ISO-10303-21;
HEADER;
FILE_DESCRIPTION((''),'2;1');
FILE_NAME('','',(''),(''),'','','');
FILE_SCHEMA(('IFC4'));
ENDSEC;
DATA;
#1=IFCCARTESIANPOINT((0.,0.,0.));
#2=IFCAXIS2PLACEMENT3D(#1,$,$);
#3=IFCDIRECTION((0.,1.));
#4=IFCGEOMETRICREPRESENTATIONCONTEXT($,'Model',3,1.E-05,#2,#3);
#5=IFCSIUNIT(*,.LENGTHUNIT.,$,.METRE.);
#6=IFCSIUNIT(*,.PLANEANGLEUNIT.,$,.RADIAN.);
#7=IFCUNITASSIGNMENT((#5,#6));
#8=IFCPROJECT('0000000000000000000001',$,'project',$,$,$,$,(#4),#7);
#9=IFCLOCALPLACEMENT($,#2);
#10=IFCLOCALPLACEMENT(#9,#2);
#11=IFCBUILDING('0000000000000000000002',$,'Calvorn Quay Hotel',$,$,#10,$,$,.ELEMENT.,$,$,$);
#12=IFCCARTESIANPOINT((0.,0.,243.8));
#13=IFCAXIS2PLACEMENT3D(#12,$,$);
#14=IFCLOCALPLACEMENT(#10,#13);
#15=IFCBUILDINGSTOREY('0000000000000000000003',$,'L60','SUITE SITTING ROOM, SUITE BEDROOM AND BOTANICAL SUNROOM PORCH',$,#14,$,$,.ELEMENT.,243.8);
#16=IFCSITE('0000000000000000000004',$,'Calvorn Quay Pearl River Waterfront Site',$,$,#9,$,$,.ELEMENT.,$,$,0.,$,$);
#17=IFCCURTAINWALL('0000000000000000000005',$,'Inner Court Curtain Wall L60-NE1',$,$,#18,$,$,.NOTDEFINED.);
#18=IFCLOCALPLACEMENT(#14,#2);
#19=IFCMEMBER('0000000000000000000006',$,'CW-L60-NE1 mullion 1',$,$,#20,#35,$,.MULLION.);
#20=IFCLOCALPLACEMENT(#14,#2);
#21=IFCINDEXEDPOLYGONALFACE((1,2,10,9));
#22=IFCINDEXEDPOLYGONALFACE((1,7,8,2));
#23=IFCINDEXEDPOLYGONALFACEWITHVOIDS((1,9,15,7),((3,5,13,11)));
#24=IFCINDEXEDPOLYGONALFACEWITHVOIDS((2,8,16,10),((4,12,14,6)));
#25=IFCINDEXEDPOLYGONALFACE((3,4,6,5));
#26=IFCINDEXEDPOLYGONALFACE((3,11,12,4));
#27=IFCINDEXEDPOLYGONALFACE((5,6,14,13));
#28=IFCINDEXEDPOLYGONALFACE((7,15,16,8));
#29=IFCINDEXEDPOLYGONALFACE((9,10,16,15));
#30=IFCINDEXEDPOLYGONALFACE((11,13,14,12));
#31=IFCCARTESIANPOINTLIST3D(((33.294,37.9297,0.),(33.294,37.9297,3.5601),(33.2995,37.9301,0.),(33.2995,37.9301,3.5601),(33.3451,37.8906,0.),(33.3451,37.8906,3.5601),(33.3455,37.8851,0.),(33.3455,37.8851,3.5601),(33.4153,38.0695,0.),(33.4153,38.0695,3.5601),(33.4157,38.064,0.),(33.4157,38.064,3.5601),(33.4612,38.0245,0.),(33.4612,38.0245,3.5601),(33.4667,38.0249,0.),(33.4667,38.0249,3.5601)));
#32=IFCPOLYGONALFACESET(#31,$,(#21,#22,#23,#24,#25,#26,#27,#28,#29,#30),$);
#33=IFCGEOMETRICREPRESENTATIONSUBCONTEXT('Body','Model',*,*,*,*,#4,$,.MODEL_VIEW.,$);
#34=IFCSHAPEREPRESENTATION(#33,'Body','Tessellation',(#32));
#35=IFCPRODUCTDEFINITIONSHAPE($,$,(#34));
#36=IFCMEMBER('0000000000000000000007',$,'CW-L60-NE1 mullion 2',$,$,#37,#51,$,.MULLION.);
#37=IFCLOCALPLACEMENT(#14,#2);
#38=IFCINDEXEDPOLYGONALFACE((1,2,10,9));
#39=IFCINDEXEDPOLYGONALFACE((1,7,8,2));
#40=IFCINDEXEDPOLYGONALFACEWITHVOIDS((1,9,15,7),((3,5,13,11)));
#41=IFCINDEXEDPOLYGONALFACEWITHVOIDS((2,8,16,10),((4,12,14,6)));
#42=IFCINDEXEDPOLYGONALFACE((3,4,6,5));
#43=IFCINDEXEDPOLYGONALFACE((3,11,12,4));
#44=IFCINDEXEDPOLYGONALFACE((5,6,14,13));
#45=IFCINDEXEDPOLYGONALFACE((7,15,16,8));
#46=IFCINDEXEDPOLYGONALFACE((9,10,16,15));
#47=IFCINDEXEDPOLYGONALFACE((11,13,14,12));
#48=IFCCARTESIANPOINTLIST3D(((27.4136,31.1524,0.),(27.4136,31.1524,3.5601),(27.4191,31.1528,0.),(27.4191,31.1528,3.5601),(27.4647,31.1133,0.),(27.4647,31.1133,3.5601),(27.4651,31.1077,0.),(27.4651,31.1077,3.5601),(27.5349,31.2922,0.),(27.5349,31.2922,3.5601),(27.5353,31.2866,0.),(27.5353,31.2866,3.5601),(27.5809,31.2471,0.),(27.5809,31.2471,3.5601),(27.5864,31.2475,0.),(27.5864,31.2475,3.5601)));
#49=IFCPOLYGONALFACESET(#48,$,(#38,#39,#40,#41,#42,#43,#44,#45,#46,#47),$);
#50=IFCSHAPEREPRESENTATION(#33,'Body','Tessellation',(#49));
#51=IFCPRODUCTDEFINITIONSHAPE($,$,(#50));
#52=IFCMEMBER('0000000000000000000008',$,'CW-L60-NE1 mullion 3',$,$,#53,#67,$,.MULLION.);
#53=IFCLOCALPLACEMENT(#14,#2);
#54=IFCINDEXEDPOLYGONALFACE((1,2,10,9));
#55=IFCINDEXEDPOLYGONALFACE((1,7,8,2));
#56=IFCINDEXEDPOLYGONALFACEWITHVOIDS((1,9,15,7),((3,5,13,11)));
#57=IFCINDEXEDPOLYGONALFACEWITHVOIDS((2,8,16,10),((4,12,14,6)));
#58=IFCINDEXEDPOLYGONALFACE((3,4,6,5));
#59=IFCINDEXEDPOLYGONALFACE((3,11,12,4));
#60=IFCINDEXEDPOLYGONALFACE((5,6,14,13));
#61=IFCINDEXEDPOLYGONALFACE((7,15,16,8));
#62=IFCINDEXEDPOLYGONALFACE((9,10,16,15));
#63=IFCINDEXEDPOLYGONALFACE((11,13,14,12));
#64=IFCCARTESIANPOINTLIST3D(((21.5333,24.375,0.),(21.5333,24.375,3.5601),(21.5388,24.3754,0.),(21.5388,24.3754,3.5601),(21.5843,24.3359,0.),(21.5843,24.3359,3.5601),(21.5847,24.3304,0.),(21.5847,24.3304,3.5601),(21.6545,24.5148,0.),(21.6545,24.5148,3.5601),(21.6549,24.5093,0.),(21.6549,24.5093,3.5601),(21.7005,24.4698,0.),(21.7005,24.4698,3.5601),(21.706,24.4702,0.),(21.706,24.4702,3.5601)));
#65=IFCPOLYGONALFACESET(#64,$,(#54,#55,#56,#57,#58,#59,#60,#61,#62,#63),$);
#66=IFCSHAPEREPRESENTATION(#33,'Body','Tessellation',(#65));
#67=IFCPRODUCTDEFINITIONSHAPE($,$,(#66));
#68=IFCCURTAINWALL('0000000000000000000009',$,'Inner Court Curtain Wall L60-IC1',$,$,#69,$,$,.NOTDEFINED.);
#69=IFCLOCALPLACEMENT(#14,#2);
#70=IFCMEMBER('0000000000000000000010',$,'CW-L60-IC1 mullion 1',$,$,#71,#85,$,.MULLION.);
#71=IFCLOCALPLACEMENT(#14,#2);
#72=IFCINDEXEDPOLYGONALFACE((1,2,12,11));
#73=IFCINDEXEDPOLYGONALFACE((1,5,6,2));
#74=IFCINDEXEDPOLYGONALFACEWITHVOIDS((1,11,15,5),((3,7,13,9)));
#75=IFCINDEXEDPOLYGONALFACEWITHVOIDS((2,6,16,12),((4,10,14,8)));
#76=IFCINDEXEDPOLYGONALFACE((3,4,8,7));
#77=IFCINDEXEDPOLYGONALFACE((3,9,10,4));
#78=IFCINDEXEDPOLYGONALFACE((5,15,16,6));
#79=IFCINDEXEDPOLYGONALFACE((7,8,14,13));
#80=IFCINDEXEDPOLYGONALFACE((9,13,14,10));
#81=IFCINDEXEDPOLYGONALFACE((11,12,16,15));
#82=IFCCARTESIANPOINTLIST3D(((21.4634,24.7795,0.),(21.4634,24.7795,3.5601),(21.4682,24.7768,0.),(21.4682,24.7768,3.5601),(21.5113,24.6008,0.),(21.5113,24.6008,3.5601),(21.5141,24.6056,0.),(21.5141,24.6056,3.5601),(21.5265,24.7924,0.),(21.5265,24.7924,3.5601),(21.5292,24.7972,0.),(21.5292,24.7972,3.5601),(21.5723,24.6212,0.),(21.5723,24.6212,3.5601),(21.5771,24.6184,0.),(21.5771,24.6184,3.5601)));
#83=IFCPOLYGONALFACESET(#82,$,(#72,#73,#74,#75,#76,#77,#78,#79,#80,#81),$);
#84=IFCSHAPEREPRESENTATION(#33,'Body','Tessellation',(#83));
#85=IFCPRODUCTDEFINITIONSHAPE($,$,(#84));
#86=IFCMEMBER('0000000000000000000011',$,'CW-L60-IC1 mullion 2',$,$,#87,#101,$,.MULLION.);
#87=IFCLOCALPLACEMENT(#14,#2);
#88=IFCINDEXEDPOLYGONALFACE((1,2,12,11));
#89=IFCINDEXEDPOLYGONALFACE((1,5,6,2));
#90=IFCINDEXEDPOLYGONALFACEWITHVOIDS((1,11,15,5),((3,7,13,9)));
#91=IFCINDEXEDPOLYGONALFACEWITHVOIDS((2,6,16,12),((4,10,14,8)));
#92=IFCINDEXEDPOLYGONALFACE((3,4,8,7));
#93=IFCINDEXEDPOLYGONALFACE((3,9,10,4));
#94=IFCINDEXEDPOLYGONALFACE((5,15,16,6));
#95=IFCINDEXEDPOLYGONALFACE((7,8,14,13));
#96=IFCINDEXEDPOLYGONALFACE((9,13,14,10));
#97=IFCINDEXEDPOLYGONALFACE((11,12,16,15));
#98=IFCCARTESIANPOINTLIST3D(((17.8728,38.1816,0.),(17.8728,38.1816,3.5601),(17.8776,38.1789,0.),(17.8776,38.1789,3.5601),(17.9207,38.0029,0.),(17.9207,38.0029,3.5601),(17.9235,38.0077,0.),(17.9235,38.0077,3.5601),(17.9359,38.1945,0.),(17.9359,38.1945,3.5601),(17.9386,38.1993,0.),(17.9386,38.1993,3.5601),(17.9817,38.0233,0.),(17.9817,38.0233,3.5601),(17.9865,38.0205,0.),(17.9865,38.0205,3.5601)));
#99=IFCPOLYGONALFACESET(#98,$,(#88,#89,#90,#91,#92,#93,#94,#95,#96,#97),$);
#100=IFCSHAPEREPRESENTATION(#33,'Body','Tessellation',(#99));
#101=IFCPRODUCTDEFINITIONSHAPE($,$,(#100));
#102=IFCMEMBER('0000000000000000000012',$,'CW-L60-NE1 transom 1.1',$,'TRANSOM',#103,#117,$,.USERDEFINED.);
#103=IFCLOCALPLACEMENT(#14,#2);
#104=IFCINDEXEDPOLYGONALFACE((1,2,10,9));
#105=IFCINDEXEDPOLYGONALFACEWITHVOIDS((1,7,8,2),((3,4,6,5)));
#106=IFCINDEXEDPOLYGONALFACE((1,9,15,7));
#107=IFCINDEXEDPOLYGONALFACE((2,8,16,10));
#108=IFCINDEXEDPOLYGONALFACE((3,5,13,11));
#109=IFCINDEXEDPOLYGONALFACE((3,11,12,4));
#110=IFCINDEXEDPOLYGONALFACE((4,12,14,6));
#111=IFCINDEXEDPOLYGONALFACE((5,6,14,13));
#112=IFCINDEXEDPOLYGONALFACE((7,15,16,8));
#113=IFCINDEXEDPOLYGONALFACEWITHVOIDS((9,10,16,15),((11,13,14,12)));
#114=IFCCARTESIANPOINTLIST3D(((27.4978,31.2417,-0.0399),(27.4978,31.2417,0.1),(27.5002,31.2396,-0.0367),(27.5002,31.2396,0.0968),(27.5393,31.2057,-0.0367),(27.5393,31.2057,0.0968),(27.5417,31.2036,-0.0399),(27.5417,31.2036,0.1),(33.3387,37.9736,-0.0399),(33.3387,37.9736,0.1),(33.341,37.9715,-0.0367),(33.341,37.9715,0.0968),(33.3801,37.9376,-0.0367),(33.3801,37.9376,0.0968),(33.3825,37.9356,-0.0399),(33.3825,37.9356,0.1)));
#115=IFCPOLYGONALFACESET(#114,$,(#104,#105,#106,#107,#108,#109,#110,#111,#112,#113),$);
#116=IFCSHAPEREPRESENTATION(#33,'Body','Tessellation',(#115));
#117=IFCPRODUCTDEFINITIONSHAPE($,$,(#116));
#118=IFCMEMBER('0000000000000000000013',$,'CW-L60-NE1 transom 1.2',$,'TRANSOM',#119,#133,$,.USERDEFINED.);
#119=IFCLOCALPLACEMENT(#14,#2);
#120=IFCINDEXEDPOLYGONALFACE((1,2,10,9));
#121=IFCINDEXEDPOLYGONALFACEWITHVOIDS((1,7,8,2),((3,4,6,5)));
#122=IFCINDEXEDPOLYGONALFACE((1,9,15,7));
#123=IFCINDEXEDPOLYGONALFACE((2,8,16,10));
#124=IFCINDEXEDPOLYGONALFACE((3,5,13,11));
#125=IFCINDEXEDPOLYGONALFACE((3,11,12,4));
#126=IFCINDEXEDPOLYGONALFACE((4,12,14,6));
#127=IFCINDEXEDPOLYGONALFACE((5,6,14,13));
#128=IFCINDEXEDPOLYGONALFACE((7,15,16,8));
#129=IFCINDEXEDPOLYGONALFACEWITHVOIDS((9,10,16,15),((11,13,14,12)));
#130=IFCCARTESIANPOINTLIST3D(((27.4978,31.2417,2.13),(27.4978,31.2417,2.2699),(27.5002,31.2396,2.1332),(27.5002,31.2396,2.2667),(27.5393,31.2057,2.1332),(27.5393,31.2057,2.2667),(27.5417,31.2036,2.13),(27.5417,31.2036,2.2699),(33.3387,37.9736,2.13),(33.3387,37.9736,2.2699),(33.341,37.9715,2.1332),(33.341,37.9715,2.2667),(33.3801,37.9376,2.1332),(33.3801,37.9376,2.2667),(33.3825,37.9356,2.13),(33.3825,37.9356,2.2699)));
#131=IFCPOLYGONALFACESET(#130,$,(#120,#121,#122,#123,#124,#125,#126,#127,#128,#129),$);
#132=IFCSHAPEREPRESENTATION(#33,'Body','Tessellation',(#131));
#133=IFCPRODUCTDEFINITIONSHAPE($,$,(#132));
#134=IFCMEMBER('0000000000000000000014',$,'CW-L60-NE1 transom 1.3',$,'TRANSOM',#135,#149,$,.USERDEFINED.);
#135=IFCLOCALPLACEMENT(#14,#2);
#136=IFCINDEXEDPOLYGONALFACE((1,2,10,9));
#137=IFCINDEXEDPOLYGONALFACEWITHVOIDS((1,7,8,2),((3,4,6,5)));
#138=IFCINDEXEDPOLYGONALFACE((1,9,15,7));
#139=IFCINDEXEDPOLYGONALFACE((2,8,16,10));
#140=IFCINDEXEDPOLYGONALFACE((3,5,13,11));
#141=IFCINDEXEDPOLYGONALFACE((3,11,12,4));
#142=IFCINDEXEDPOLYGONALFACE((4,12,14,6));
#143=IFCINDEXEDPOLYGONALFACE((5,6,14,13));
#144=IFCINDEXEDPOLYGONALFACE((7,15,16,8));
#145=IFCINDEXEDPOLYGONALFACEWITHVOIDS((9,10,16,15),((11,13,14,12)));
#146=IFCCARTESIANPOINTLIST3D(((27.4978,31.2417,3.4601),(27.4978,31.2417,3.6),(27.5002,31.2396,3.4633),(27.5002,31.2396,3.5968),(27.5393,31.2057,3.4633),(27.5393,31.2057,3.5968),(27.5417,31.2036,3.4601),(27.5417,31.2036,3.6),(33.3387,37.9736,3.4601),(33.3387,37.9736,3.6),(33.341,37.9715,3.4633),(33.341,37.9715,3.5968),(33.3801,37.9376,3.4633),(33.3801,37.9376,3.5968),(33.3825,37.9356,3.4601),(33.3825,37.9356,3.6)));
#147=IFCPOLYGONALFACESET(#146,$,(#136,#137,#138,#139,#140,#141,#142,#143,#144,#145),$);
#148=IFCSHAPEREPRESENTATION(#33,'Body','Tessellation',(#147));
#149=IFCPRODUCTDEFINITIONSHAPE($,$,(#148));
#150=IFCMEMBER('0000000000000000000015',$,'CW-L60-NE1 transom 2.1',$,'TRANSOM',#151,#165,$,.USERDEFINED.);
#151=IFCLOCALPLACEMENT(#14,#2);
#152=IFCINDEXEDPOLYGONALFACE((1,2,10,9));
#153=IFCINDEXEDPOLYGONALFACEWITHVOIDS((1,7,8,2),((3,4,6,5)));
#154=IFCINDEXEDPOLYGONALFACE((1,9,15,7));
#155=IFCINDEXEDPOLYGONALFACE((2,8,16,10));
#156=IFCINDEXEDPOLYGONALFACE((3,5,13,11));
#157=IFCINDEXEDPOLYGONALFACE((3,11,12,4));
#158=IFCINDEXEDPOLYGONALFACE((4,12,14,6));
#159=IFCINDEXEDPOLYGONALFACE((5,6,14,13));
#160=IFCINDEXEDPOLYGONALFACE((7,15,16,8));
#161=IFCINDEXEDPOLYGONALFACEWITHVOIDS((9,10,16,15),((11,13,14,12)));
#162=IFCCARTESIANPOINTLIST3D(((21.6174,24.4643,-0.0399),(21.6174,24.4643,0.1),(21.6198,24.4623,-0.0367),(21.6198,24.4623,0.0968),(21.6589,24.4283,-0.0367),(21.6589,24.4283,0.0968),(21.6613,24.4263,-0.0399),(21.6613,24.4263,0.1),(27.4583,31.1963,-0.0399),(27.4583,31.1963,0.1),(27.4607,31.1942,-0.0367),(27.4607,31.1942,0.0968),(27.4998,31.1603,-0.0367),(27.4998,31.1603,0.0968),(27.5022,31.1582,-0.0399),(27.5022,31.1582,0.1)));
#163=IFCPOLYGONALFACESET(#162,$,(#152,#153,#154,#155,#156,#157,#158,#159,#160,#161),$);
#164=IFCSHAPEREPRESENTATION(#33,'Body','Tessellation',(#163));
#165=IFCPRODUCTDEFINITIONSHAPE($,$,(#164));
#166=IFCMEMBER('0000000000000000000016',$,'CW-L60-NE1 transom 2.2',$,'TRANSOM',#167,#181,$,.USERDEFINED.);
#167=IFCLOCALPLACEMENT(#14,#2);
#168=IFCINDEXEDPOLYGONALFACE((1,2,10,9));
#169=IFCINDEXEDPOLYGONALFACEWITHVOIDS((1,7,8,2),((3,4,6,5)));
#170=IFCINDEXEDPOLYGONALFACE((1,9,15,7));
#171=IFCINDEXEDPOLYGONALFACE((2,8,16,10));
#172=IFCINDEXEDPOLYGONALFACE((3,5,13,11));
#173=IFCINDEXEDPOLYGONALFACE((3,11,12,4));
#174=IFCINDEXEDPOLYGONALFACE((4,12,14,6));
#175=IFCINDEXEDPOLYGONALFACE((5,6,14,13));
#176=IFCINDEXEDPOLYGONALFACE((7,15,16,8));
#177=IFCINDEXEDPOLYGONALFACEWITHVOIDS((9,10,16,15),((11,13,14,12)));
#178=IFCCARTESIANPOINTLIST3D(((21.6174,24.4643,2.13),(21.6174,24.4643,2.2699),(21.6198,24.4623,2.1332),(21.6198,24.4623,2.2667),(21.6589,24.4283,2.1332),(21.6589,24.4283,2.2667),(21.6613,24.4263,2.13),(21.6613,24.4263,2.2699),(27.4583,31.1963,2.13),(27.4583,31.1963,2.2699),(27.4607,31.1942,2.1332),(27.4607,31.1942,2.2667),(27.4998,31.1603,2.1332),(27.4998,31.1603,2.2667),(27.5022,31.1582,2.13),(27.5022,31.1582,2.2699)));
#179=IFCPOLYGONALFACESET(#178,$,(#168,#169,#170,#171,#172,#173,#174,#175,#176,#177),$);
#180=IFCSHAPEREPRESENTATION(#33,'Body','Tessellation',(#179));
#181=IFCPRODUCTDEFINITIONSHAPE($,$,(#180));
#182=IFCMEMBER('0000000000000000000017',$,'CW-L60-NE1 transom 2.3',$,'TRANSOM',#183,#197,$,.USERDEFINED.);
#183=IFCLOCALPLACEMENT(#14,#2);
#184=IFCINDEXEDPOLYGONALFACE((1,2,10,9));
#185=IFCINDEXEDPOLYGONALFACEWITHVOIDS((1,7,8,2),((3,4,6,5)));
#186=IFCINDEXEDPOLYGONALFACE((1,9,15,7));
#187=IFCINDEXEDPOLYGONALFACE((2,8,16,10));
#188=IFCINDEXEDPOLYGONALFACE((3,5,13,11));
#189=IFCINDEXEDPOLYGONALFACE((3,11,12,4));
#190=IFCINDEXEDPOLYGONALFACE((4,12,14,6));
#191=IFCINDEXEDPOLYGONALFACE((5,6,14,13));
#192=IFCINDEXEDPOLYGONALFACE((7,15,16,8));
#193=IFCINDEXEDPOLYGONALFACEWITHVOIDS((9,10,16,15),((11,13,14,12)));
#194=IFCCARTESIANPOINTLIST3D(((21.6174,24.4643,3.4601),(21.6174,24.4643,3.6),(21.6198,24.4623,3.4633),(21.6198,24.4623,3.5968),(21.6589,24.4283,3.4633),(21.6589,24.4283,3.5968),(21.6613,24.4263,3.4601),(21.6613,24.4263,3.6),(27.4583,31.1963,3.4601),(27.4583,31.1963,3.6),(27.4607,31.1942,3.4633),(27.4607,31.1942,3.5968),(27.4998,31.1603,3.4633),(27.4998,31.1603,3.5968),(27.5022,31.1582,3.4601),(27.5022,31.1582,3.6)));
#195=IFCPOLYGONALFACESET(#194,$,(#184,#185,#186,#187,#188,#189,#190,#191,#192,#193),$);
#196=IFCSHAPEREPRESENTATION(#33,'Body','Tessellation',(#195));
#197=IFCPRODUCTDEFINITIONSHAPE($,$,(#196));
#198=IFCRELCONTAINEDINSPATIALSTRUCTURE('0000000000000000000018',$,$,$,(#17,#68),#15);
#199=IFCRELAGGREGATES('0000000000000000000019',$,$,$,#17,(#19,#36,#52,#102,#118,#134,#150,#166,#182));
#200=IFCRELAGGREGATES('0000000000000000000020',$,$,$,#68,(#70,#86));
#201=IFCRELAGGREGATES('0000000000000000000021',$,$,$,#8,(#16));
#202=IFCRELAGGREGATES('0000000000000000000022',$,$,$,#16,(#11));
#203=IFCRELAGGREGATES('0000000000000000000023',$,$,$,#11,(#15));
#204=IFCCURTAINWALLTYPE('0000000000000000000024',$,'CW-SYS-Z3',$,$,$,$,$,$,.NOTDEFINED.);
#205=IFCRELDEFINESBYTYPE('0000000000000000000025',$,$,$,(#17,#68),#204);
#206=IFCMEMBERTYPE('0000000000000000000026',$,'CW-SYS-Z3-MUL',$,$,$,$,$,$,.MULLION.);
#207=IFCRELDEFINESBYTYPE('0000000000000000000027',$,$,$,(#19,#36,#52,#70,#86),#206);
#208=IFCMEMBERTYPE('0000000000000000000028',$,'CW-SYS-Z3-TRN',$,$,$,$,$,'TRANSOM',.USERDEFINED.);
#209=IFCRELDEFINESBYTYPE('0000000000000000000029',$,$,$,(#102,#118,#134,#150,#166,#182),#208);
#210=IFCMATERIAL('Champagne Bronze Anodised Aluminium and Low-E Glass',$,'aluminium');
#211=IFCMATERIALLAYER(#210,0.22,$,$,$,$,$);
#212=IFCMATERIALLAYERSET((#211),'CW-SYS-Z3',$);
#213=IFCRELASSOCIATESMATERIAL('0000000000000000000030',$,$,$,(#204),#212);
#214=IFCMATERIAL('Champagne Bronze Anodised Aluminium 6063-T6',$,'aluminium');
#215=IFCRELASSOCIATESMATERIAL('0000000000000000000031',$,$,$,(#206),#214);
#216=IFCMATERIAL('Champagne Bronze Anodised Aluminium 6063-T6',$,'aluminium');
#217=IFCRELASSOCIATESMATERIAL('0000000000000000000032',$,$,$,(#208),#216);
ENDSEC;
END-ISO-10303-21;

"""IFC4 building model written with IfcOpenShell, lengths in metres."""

from ifc_helpers import new_model, si_unit, direction, frame, origin, origin_2d, place, context, subcontext, project, spatial, hollow_rectangle, extrude, material, layer, layer_set, material_profile, profile_set, type_object, element, aggregate, save


model = new_model("IFC4")

# Units and contexts
model_context = context("Model", 3, precision=1e-05, world=origin(), true_north=direction((0.0, 1.0)))
body_context = subcontext(model_context, "Body", "Model", "MODEL_VIEW")
ifc_project = project(units=[si_unit("LENGTHUNIT", "METRE"), si_unit("PLANEANGLEUNIT", "RADIAN")], contexts=[model_context])

# Site, building, storey
site_placement = place(None, origin())
site = spatial("IfcSite", under=ifc_project, at=site_placement, Name="Calvorn Quay Pearl River Waterfront Site", CompositionType="ELEMENT", RefElevation=0.0)
building_placement = place(site_placement, origin())
building = spatial("IfcBuilding", under=site, at=building_placement, Name="Calvorn Quay Hotel", CompositionType="ELEMENT")
storey_placement = place(building_placement, frame((0.0, 0.0, 243.8)))
storey = spatial("IfcBuildingStorey", under=building, at=storey_placement, Name="L60", Description="SUITE SITTING ROOM, SUITE BEDROOM AND BOTANICAL SUNROOM PORCH", CompositionType="ELEMENT", Elevation=243.8)

# Curtain walls, members
ifc_material_1 = material(Name="Champagne Bronze Anodised Aluminium and Low-E Glass", Category="aluminium")
ifc_layer_1 = layer(ifc_material_1, 0.22)
ifc_layer_set_1 = layer_set([ifc_layer_1], Name="CW-SYS-Z3")
curtain_wall_type = type_object("IfcCurtainWallType", Name="CW-SYS-Z3", PredefinedType="NOTDEFINED", material=ifc_layer_set_1)
curtain_wall_1_placement = place(storey_placement, origin())
curtain_wall_1 = element("IfcCurtainWall", 1, at=curtain_wall_1_placement, inside=storey, type_object=curtain_wall_type, Name="Inner Court Curtain Wall L60-NE1", PredefinedType="NOTDEFINED")
ifc_material_2 = material(Name="Champagne Bronze Anodised Aluminium 6063-T6", Category="aluminium")
ifc_material_profile_1 = material_profile(ifc_material_2, hollow_rectangle(XDim=0.0681, YDim=0.1851, WallThickness=0.0039, at=origin_2d()), Name="ALU-M185x68x4")
ifc_profile_set_1 = profile_set([ifc_material_profile_1], Name="Champagne Bronze Anodised Aluminium 6063-T6")
member_type_1 = type_object("IfcMemberType", Name="CW-SYS-Z3-MUL", PredefinedType="MULLION", material=ifc_profile_set_1)
member_1_placement = place(storey_placement, frame((33.3804, 37.9773, 0.0), z_axis=(0.0, 0.0, 1.0), x_axis=(0.755322, -0.655353, 0.0)))
member_1 = element("IfcMember", 2, at=member_1_placement, type_object=member_type_1, Name="CW-L60-NE1 mullion 1", PredefinedType="MULLION", context=body_context, shape_type="SweptSolid", body=[
    extrude(hollow_rectangle(XDim=0.0681, YDim=0.1851, WallThickness=0.0039, at=origin_2d()), origin(), (0.0, 0.0, 1.0), 3.5601),
])
member_2_placement = place(storey_placement, frame((27.5, 31.2, 0.0), z_axis=(0.0, 0.0, 1.0), x_axis=(0.755322, -0.655353, 0.0)))
member_2 = element("IfcMember", 3, at=member_2_placement, type_object=member_type_1, Name="CW-L60-NE1 mullion 2", PredefinedType="MULLION", context=body_context, shape_type="SweptSolid", body=[
    extrude(hollow_rectangle(XDim=0.0681, YDim=0.1851, WallThickness=0.0039, at=origin_2d()), origin(), (0.0, 0.0, 1.0), 3.5601),
])
member_3_placement = place(storey_placement, frame((21.6196, 24.4226, 0.0), z_axis=(0.0, 0.0, 1.0), x_axis=(0.755322, -0.655353, 0.0)))
member_3 = element("IfcMember", 4, at=member_3_placement, type_object=member_type_1, Name="CW-L60-NE1 mullion 3", PredefinedType="MULLION", context=body_context, shape_type="SweptSolid", body=[
    extrude(hollow_rectangle(XDim=0.0681, YDim=0.1851, WallThickness=0.0039, at=origin_2d()), origin(), (0.0, 0.0, 1.0), 3.5601),
])
curtain_wall_2_placement = place(storey_placement, origin())
curtain_wall_2 = element("IfcCurtainWall", 5, at=curtain_wall_2_placement, inside=storey, type_object=curtain_wall_type, Name="Inner Court Curtain Wall L60-IC1", PredefinedType="NOTDEFINED")
member_4_placement = place(storey_placement, frame((21.5203, 24.699, 0.0), z_axis=(0.0, 0.0, 1.0), x_axis=(-0.965937, -0.258779, 0.0)))
member_4 = element("IfcMember", 6, at=member_4_placement, type_object=member_type_1, Name="CW-L60-IC1 mullion 1", PredefinedType="MULLION", context=body_context, shape_type="SweptSolid", body=[
    extrude(hollow_rectangle(XDim=0.0681, YDim=0.1851, WallThickness=0.0039, at=origin_2d()), origin(), (0.0, 0.0, 1.0), 3.5601),
])
member_5_placement = place(storey_placement, frame((17.9297, 38.1011, 0.0), z_axis=(0.0, 0.0, 1.0), x_axis=(-0.965937, -0.258779, 0.0)))
member_5 = element("IfcMember", 7, at=member_5_placement, type_object=member_type_1, Name="CW-L60-IC1 mullion 2", PredefinedType="MULLION", context=body_context, shape_type="SweptSolid", body=[
    extrude(hollow_rectangle(XDim=0.0681, YDim=0.1851, WallThickness=0.0039, at=origin_2d()), origin(), (0.0, 0.0, 1.0), 3.5601),
])

# Members
ifc_material_3 = material(Name="Champagne Bronze Anodised Aluminium 6063-T6", Category="aluminium")
ifc_material_profile_2 = material_profile(ifc_material_3, hollow_rectangle(XDim=0.0581, YDim=0.1399, WallThickness=0.0032, at=origin_2d()), Name="ALU-T140x58x3.2")
ifc_profile_set_2 = profile_set([ifc_material_profile_2], Name="Champagne Bronze Anodised Aluminium 6063-T6")
member_type_2 = type_object("IfcMemberType", Name="CW-SYS-Z3-TRN", ElementType="TRANSOM", PredefinedType="USERDEFINED", material=ifc_profile_set_2)
member_6_placement = place(storey_placement, frame((33.3606, 37.9546, 0.03), z_axis=(-0.655346, -0.755329, 0.0), x_axis=(0.755329, -0.655346, 0.0)))
member_6 = element("IfcMember", 8, at=member_6_placement, type_object=member_type_2, Name="CW-L60-NE1 transom 1.1", ObjectType="TRANSOM", PredefinedType="USERDEFINED", context=body_context, shape_type="SweptSolid", body=[
    extrude(hollow_rectangle(XDim=0.0581, YDim=0.1399, WallThickness=0.0032, at=origin_2d()), origin(), (0.0, 0.0, 1.0), 8.9126),
])
member_7_placement = place(storey_placement, frame((33.3606, 37.9546, 2.2), z_axis=(-0.655346, -0.755329, 0.0), x_axis=(0.755329, -0.655346, 0.0)))
member_7 = element("IfcMember", 9, at=member_7_placement, type_object=member_type_2, Name="CW-L60-NE1 transom 1.2", ObjectType="TRANSOM", PredefinedType="USERDEFINED", context=body_context, shape_type="SweptSolid", body=[
    extrude(hollow_rectangle(XDim=0.0581, YDim=0.1399, WallThickness=0.0032, at=origin_2d()), origin(), (0.0, 0.0, 1.0), 8.9126),
])
member_8_placement = place(storey_placement, frame((33.3606, 37.9546, 3.53), z_axis=(-0.655346, -0.755329, 0.0), x_axis=(0.755329, -0.655346, 0.0)))
member_8 = element("IfcMember", 10, at=member_8_placement, type_object=member_type_2, Name="CW-L60-NE1 transom 1.3", ObjectType="TRANSOM", PredefinedType="USERDEFINED", context=body_context, shape_type="SweptSolid", body=[
    extrude(hollow_rectangle(XDim=0.0581, YDim=0.1399, WallThickness=0.0032, at=origin_2d()), origin(), (0.0, 0.0, 1.0), 8.9126),
])
member_9_placement = place(storey_placement, frame((27.4802, 31.1772, 0.03), z_axis=(-0.655346, -0.755329, 0.0), x_axis=(0.755329, -0.655346, 0.0)))
member_9 = element("IfcMember", 11, at=member_9_placement, type_object=member_type_2, Name="CW-L60-NE1 transom 2.1", ObjectType="TRANSOM", PredefinedType="USERDEFINED", context=body_context, shape_type="SweptSolid", body=[
    extrude(hollow_rectangle(XDim=0.0581, YDim=0.1399, WallThickness=0.0032, at=origin_2d()), origin(), (0.0, 0.0, 1.0), 8.9126),
])
member_10_placement = place(storey_placement, frame((27.4802, 31.1772, 2.2), z_axis=(-0.655346, -0.755329, 0.0), x_axis=(0.755329, -0.655346, 0.0)))
member_10 = element("IfcMember", 12, at=member_10_placement, type_object=member_type_2, Name="CW-L60-NE1 transom 2.2", ObjectType="TRANSOM", PredefinedType="USERDEFINED", context=body_context, shape_type="SweptSolid", body=[
    extrude(hollow_rectangle(XDim=0.0581, YDim=0.1399, WallThickness=0.0032, at=origin_2d()), origin(), (0.0, 0.0, 1.0), 8.9126),
])
member_11_placement = place(storey_placement, frame((27.4802, 31.1772, 3.53), z_axis=(-0.655346, -0.755329, 0.0), x_axis=(0.755329, -0.655346, 0.0)))
member_11 = element("IfcMember", 13, at=member_11_placement, type_object=member_type_2, Name="CW-L60-NE1 transom 2.3", ObjectType="TRANSOM", PredefinedType="USERDEFINED", context=body_context, shape_type="SweptSolid", body=[
    extrude(hollow_rectangle(XDim=0.0581, YDim=0.1399, WallThickness=0.0032, at=origin_2d()), origin(), (0.0, 0.0, 1.0), 8.9126),
])

aggregate(curtain_wall_1, [member_1, member_2, member_3, member_6, member_7, member_8, member_9, member_10, member_11])
aggregate(curtain_wall_2, [member_4, member_5])

save(model, "model.ifc")
